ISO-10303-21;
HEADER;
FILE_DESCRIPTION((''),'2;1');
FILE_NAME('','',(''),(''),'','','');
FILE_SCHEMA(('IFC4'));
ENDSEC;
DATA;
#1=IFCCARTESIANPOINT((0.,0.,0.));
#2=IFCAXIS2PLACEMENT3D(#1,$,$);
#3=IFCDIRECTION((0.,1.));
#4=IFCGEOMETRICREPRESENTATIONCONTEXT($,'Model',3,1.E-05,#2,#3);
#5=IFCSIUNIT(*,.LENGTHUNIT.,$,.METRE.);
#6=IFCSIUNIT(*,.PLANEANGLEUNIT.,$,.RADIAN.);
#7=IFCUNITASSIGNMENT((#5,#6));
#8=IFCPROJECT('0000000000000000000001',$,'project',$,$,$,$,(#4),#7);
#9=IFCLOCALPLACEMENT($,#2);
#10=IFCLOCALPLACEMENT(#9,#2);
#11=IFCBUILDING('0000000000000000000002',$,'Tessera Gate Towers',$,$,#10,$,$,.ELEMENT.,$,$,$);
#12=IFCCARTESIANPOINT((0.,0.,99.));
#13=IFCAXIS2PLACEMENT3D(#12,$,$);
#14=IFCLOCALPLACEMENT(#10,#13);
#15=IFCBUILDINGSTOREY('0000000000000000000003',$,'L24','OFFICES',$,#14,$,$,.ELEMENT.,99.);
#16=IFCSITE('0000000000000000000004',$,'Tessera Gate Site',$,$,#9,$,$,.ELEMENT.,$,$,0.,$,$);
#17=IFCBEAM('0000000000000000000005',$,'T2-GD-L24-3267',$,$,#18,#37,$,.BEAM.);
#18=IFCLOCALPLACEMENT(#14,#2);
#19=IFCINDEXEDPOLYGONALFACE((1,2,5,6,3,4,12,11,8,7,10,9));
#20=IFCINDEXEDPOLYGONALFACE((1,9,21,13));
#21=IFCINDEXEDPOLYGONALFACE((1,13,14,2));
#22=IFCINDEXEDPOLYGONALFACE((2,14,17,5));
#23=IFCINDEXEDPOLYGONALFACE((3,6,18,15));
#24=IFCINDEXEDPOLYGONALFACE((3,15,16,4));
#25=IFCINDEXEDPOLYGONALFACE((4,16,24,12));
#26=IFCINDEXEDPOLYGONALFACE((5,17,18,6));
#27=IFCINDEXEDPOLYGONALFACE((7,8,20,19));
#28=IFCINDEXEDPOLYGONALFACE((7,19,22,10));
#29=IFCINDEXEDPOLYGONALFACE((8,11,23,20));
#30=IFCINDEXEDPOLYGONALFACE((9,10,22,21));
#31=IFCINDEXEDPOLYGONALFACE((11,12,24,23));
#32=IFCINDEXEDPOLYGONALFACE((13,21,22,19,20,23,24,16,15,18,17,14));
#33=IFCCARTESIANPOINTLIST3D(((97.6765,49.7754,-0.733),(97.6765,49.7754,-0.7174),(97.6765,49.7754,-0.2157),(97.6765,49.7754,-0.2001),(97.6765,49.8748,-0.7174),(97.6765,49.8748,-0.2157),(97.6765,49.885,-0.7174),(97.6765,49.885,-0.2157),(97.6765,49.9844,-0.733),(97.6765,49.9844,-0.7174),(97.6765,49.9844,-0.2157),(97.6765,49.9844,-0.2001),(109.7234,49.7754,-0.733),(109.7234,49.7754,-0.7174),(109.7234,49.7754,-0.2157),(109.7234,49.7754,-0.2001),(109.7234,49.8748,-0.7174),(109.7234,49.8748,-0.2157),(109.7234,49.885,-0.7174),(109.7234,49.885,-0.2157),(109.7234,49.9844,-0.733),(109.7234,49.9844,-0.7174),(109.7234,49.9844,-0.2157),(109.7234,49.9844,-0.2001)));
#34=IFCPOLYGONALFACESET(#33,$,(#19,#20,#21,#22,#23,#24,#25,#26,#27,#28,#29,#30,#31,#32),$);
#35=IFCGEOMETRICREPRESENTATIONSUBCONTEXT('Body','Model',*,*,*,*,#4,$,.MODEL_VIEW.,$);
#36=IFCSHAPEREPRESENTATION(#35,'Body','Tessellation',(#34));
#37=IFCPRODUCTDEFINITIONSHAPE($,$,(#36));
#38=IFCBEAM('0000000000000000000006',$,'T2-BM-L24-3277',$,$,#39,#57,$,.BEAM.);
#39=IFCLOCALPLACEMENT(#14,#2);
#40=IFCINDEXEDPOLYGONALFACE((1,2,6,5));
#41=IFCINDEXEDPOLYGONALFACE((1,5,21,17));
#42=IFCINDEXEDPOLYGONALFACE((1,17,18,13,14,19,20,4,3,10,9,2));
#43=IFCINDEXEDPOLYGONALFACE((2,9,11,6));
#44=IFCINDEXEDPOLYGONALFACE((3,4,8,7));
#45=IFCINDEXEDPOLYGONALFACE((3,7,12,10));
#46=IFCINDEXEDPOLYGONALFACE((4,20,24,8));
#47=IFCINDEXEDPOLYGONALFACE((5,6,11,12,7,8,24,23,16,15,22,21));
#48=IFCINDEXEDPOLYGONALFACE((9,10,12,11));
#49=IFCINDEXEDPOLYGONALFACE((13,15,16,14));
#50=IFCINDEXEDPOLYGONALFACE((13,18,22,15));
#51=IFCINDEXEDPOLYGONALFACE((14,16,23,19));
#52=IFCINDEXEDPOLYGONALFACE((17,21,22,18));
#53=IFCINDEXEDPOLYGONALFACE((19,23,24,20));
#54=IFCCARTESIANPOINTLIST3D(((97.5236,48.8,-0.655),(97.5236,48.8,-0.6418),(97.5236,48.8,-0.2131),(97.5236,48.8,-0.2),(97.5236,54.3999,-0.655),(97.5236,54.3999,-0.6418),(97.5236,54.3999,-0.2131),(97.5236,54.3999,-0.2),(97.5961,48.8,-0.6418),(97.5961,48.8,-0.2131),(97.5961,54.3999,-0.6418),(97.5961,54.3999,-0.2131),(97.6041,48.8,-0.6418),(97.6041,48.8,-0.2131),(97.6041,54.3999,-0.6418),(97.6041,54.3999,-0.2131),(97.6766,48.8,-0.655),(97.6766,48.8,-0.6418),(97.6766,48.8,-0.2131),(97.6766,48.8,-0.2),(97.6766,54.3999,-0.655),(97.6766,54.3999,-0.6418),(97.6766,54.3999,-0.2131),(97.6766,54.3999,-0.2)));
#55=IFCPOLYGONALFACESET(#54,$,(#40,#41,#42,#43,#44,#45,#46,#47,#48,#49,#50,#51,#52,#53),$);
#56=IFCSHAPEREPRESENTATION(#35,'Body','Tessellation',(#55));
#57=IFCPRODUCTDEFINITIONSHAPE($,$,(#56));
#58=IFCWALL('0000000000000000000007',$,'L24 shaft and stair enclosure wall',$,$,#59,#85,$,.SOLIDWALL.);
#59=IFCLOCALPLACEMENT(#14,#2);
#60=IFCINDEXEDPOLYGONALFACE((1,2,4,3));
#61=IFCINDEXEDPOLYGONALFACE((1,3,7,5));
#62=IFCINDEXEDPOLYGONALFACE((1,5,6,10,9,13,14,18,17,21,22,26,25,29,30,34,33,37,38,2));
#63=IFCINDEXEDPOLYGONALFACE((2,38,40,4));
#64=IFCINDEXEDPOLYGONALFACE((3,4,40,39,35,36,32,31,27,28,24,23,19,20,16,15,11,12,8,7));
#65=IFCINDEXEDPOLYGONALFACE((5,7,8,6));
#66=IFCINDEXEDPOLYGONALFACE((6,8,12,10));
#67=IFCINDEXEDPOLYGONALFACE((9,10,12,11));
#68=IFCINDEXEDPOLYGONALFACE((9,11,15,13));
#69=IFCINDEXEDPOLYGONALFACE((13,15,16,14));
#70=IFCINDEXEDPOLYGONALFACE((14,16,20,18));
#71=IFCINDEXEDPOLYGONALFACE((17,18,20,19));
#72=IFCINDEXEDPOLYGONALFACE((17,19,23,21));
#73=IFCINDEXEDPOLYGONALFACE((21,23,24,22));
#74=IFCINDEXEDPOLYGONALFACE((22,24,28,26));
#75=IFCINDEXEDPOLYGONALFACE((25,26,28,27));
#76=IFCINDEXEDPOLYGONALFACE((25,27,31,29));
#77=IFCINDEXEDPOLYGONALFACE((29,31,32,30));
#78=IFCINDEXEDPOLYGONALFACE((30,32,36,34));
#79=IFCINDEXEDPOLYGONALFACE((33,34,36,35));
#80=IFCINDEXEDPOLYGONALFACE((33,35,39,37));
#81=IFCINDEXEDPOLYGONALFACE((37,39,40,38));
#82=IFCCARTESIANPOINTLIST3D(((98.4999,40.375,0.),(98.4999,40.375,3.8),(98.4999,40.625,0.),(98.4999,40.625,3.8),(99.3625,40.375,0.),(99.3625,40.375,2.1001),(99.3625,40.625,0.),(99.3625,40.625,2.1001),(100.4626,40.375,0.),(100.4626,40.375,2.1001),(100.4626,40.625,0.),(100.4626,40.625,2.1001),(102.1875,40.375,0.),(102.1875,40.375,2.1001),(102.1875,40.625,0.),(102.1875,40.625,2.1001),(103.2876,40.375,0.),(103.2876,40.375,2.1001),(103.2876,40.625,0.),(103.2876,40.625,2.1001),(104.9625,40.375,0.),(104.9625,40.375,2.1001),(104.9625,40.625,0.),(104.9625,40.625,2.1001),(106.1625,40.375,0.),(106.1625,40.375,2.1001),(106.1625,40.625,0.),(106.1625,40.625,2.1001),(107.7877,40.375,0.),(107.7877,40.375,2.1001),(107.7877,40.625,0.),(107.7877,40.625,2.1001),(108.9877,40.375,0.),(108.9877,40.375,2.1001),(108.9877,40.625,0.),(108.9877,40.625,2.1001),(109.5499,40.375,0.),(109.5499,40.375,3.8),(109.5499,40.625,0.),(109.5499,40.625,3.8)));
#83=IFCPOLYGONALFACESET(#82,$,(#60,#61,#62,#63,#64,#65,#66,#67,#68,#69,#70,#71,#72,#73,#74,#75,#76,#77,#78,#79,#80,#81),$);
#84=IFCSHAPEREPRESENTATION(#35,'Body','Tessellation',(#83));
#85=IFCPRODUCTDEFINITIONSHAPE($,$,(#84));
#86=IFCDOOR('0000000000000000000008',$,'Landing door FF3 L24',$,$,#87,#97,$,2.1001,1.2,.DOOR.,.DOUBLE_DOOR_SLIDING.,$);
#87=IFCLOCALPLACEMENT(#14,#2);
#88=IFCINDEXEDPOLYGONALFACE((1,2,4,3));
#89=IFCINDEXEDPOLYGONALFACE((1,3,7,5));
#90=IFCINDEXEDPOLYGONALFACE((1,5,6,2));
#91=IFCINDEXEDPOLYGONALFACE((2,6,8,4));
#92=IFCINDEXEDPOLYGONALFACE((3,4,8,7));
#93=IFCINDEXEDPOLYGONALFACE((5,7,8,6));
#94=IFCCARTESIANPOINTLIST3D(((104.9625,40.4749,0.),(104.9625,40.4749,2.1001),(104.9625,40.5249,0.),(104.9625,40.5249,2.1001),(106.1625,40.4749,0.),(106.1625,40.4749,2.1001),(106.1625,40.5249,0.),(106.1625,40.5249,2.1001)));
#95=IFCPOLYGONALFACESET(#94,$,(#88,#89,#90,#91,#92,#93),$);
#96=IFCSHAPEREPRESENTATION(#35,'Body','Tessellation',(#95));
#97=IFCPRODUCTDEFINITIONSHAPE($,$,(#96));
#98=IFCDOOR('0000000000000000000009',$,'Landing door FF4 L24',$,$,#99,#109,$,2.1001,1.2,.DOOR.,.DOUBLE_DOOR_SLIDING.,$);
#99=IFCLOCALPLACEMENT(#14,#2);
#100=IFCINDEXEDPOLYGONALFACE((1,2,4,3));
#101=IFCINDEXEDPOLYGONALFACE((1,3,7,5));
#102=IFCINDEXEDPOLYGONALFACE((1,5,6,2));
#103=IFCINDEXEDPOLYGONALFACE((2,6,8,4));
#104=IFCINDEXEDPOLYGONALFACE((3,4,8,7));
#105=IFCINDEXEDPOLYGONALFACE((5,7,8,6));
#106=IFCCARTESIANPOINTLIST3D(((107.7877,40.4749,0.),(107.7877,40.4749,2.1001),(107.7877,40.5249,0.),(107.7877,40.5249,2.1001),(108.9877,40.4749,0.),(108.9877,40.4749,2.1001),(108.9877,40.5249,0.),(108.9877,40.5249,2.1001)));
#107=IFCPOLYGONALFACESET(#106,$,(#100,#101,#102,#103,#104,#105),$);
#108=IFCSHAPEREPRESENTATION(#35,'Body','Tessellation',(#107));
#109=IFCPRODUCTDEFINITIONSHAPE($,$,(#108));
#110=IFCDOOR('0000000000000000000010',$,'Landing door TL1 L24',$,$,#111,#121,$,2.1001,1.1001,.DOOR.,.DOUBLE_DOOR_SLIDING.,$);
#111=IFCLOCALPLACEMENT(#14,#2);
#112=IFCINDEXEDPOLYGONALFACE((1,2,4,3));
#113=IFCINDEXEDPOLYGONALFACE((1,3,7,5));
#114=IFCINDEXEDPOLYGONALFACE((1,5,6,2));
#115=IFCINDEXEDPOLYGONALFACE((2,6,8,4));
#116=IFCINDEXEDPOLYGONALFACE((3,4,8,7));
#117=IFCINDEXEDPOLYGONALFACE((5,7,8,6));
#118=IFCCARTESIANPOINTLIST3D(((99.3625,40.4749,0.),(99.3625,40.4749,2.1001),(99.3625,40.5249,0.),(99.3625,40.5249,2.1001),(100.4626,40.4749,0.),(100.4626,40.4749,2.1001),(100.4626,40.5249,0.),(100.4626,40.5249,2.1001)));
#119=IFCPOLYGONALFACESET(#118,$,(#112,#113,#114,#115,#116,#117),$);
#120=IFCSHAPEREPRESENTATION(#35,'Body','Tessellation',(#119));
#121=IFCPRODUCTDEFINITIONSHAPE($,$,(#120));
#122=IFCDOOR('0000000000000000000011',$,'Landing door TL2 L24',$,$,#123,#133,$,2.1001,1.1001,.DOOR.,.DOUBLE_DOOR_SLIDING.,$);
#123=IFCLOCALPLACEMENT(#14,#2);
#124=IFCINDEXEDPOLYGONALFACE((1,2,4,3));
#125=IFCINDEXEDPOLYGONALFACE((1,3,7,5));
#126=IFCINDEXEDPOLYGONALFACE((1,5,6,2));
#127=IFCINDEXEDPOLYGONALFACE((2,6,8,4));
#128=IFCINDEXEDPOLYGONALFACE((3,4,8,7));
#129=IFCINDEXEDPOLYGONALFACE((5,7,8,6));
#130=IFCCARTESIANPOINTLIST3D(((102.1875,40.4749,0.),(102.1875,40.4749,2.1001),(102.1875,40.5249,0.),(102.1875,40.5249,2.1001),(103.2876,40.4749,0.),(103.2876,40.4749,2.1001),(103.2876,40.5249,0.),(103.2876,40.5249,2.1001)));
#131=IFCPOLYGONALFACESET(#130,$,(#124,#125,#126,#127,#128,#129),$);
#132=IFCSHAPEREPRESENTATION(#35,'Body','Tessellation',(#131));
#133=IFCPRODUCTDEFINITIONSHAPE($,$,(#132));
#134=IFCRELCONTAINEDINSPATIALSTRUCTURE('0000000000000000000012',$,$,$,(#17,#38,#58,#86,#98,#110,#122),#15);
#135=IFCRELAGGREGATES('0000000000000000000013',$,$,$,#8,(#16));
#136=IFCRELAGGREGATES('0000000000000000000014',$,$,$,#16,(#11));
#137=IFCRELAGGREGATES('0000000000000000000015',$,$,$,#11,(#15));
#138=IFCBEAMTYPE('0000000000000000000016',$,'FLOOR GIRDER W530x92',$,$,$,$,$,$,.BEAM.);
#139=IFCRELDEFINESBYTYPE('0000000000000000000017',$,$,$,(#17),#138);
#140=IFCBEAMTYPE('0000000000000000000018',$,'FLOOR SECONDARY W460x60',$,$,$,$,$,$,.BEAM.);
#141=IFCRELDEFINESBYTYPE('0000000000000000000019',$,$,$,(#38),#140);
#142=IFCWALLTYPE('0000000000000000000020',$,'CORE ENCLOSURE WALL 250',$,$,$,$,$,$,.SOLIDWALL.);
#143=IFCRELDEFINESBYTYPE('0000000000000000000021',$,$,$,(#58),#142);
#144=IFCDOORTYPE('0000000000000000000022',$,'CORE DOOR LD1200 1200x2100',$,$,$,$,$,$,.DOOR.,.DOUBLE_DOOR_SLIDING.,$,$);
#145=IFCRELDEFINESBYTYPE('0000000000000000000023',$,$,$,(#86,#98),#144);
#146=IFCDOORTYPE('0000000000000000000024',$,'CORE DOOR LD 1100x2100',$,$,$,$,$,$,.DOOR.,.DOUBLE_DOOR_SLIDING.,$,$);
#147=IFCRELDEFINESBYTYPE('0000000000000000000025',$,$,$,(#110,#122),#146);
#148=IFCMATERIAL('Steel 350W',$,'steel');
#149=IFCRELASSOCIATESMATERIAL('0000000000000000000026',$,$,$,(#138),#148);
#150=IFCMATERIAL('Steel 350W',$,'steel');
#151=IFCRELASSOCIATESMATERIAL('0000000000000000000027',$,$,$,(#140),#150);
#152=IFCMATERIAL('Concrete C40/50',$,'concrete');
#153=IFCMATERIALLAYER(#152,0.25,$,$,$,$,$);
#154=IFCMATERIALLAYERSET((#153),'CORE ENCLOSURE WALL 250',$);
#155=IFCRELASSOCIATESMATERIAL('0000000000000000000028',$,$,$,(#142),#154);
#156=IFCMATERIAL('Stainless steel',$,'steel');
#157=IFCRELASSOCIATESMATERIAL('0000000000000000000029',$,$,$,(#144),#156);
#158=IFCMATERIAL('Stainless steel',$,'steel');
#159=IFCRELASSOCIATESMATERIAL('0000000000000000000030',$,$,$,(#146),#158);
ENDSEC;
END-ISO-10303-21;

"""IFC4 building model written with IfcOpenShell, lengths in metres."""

from ifc_helpers import new_model, si_unit, direction, frame, frame_2d, origin, origin_2d, place, context, subcontext, project, spatial, rectangle, i_section, extrude, source, transform, mapped, material, layer, layer_set, material_profile, profile_set, type_object, element, fill, save


model = new_model("IFC4")

# Units and contexts
model_context = context("Model", 3, precision=1e-05, world=origin(), true_north=direction((0.0, 1.0)))
body_context = subcontext(model_context, "Body", "Model", "MODEL_VIEW")
ifc_project = project(units=[si_unit("LENGTHUNIT", "METRE"), si_unit("PLANEANGLEUNIT", "RADIAN")], contexts=[model_context])

# Site, building, storey
site_placement = place(None, origin())
site = spatial("IfcSite", under=ifc_project, at=site_placement, Name="Tessera Gate Site", CompositionType="ELEMENT", RefElevation=0.0)
building_placement = place(site_placement, origin())
building = spatial("IfcBuilding", under=site, at=building_placement, Name="Tessera Gate Towers", CompositionType="ELEMENT")
storey_placement = place(building_placement, frame((0.0, 0.0, 99.0)))
storey = spatial("IfcBuildingStorey", under=building, at=storey_placement, Name="L24", Description="OFFICES", CompositionType="ELEMENT", Elevation=99.0)

# Beams
ifc_material_1 = material(Name="Steel 350W", Category="steel")
ifc_material_profile_1 = material_profile(ifc_material_1, i_section(OverallWidth=0.209, OverallDepth=0.533, WebThickness=0.0103, FlangeThickness=0.0156, at=origin_2d()), Name="W530x92")
ifc_profile_set_1 = profile_set([ifc_material_profile_1], Name="Steel 350W")
beam_type_1 = type_object("IfcBeamType", Name="FLOOR GIRDER W530x92", PredefinedType="BEAM", material=ifc_profile_set_1)
beam_1_placement = place(storey_placement, frame((97.6765, 49.8799, -0.4666), z_axis=(1.0, 0.0, 0.0), x_axis=(0.0, 1.0, 0.0)))
element("IfcBeam", 1, at=beam_1_placement, inside=storey, type_object=beam_type_1, Name="T2-GD-L24-3267", PredefinedType="BEAM", context=body_context, shape_type="SweptSolid", body=[
    extrude(i_section(OverallWidth=0.209, OverallDepth=0.533, WebThickness=0.0103, FlangeThickness=0.0156, at=origin_2d()), origin(), (0.0, 0.0, 1.0), 12.0469),
])
ifc_material_2 = material(Name="Steel 350W", Category="steel")
ifc_material_profile_2 = material_profile(ifc_material_2, i_section(OverallWidth=0.1531, OverallDepth=0.4551, WebThickness=0.0081, FlangeThickness=0.0132, at=origin_2d()), Name="W460x60")
ifc_profile_set_2 = profile_set([ifc_material_profile_2], Name="Steel 350W")
beam_type_2 = type_object("IfcBeamType", Name="FLOOR SECONDARY W460x60", PredefinedType="BEAM", material=ifc_profile_set_2)
beam_2_placement = place(storey_placement, frame((97.6001, 48.8, -0.4275), z_axis=(0.0, 1.0, 0.0), x_axis=(-1.0, 0.0, 0.0)))
element("IfcBeam", 2, at=beam_2_placement, inside=storey, type_object=beam_type_2, Name="T2-BM-L24-3277", PredefinedType="BEAM", context=body_context, shape_type="SweptSolid", body=[
    extrude(i_section(OverallWidth=0.1531, OverallDepth=0.4551, WebThickness=0.0081, FlangeThickness=0.0132, at=origin_2d()), origin(), (0.0, 0.0, 1.0), 5.5999),
])

# Wall, openings, doors
ifc_material_3 = material(Name="Concrete C40/50", Category="concrete")
ifc_layer_1 = layer(ifc_material_3, 0.25)
ifc_layer_set_1 = layer_set([ifc_layer_1], Name="CORE ENCLOSURE WALL 250")
wall_type_1 = type_object("IfcWallType", Name="CORE ENCLOSURE WALL 250", PredefinedType="SOLIDWALL", material=ifc_layer_set_1)
wall_1_placement = place(storey_placement, frame((98.5, 40.5, 0.0), z_axis=(0.0, 0.0, 1.0), x_axis=(1.0, 0.0, 0.0)))
wall_1 = element("IfcWall", 3, at=wall_1_placement, inside=storey, type_object=wall_type_1, Name="L24 shaft and stair enclosure wall", PredefinedType="SOLIDWALL", context=body_context, shape_type="SweptSolid", body=[
    extrude(rectangle(XDim=11.05, YDim=0.25, at=frame_2d((5.5249, 0.0))), origin(), (0.0, 0.0, 1.0), 3.8),
])
shared_shape_1 = source(origin(), body_context, "Body", "SweptSolid", [
    extrude(rectangle(XDim=1.1001, YDim=2.1001, at=frame_2d((0.55, 1.05))), frame((0.0, 0.135, 0.0), z_axis=(0.0, -1.0, 0.0), x_axis=(1.0, 0.0, 0.0)), (0.0, 0.0, 1.0), 0.27),
])
opening_1_placement = place(wall_1_placement, frame((0.8625, 0.0, 0.0)))
opening_1 = element("IfcOpeningElement", 4, at=opening_1_placement, cuts=wall_1, PredefinedType="OPENING", context=body_context, shape_type="MappedRepresentation", body=[
    mapped(shared_shape_1, transform((0.0, 0.0, 0.0), scale=1.0)),
])
opening_2_placement = place(wall_1_placement, frame((3.6875, 0.0, 0.0)))
opening_2 = element("IfcOpeningElement", 5, at=opening_2_placement, cuts=wall_1, PredefinedType="OPENING", context=body_context, shape_type="MappedRepresentation", body=[
    mapped(shared_shape_1, transform((0.0, 0.0, 0.0), scale=1.0)),
])
shared_shape_2 = source(origin(), body_context, "Body", "SweptSolid", [
    extrude(rectangle(XDim=1.2, YDim=2.1001, at=frame_2d((0.6001, 1.05))), frame((0.0, 0.135, 0.0), z_axis=(0.0, -1.0, 0.0), x_axis=(1.0, 0.0, 0.0)), (0.0, 0.0, 1.0), 0.27),
])
opening_3_placement = place(wall_1_placement, frame((6.4624, 0.0, 0.0)))
opening_3 = element("IfcOpeningElement", 6, at=opening_3_placement, cuts=wall_1, PredefinedType="OPENING", context=body_context, shape_type="MappedRepresentation", body=[
    mapped(shared_shape_2, transform((0.0, 0.0, 0.0), scale=1.0)),
])
opening_4_placement = place(wall_1_placement, frame((9.2876, 0.0, 0.0)))
opening_4 = element("IfcOpeningElement", 7, at=opening_4_placement, cuts=wall_1, PredefinedType="OPENING", context=body_context, shape_type="MappedRepresentation", body=[
    mapped(shared_shape_2, transform((0.0, 0.0, 0.0), scale=1.0)),
])
ifc_material_4 = material(Name="Stainless steel", Category="steel")
door_type_1 = type_object("IfcDoorType", Name="CORE DOOR LD1200 1200x2100", OperationType="DOUBLE_DOOR_SLIDING", PredefinedType="DOOR", material=ifc_material_4)
shared_shape_3 = source(origin(), body_context, "Body", "SweptSolid", [
    extrude(rectangle(XDim=1.2, YDim=2.1001, at=frame_2d((0.6001, 1.05))), frame((0.0, 0.0249, 0.0), z_axis=(0.0, -1.0, 0.0), x_axis=(1.0, 0.0, 0.0)), (0.0, 0.0, 1.0), 0.05),
])
door_1_placement = place(opening_3_placement, origin())
door_1 = element("IfcDoor", 8, at=door_1_placement, inside=storey, type_object=door_type_1, Name="Landing door FF3 L24", OperationType="DOUBLE_DOOR_SLIDING", OverallHeight=2.1001, OverallWidth=1.2, PredefinedType="DOOR", context=body_context, shape_type="MappedRepresentation", body=[
    mapped(shared_shape_3, transform((0.0, 0.0, 0.0), scale=1.0)),
])
fill(opening_3, door_1)
door_2_placement = place(opening_4_placement, origin())
door_2 = element("IfcDoor", 9, at=door_2_placement, inside=storey, type_object=door_type_1, Name="Landing door FF4 L24", OperationType="DOUBLE_DOOR_SLIDING", OverallHeight=2.1001, OverallWidth=1.2, PredefinedType="DOOR", context=body_context, shape_type="MappedRepresentation", body=[
    mapped(shared_shape_3, transform((0.0, 0.0, 0.0), scale=1.0)),
])
fill(opening_4, door_2)
ifc_material_5 = material(Name="Stainless steel", Category="steel")
door_type_2 = type_object("IfcDoorType", Name="CORE DOOR LD 1100x2100", OperationType="DOUBLE_DOOR_SLIDING", PredefinedType="DOOR", material=ifc_material_5)
shared_shape_4 = source(origin(), body_context, "Body", "SweptSolid", [
    extrude(rectangle(XDim=1.1001, YDim=2.1001, at=frame_2d((0.55, 1.05))), frame((0.0, 0.0249, 0.0), z_axis=(0.0, -1.0, 0.0), x_axis=(1.0, 0.0, 0.0)), (0.0, 0.0, 1.0), 0.05),
])
door_3_placement = place(opening_1_placement, origin())
door_3 = element("IfcDoor", 10, at=door_3_placement, inside=storey, type_object=door_type_2, Name="Landing door TL1 L24", OperationType="DOUBLE_DOOR_SLIDING", OverallHeight=2.1001, OverallWidth=1.1001, PredefinedType="DOOR", context=body_context, shape_type="MappedRepresentation", body=[
    mapped(shared_shape_4, transform((0.0, 0.0, 0.0), scale=1.0)),
])
fill(opening_1, door_3)
door_4_placement = place(opening_2_placement, origin())
door_4 = element("IfcDoor", 11, at=door_4_placement, inside=storey, type_object=door_type_2, Name="Landing door TL2 L24", OperationType="DOUBLE_DOOR_SLIDING", OverallHeight=2.1001, OverallWidth=1.1001, PredefinedType="DOOR", context=body_context, shape_type="MappedRepresentation", body=[
    mapped(shared_shape_4, transform((0.0, 0.0, 0.0), scale=1.0)),
])
fill(opening_2, door_4)

save(model, "model.ifc")
